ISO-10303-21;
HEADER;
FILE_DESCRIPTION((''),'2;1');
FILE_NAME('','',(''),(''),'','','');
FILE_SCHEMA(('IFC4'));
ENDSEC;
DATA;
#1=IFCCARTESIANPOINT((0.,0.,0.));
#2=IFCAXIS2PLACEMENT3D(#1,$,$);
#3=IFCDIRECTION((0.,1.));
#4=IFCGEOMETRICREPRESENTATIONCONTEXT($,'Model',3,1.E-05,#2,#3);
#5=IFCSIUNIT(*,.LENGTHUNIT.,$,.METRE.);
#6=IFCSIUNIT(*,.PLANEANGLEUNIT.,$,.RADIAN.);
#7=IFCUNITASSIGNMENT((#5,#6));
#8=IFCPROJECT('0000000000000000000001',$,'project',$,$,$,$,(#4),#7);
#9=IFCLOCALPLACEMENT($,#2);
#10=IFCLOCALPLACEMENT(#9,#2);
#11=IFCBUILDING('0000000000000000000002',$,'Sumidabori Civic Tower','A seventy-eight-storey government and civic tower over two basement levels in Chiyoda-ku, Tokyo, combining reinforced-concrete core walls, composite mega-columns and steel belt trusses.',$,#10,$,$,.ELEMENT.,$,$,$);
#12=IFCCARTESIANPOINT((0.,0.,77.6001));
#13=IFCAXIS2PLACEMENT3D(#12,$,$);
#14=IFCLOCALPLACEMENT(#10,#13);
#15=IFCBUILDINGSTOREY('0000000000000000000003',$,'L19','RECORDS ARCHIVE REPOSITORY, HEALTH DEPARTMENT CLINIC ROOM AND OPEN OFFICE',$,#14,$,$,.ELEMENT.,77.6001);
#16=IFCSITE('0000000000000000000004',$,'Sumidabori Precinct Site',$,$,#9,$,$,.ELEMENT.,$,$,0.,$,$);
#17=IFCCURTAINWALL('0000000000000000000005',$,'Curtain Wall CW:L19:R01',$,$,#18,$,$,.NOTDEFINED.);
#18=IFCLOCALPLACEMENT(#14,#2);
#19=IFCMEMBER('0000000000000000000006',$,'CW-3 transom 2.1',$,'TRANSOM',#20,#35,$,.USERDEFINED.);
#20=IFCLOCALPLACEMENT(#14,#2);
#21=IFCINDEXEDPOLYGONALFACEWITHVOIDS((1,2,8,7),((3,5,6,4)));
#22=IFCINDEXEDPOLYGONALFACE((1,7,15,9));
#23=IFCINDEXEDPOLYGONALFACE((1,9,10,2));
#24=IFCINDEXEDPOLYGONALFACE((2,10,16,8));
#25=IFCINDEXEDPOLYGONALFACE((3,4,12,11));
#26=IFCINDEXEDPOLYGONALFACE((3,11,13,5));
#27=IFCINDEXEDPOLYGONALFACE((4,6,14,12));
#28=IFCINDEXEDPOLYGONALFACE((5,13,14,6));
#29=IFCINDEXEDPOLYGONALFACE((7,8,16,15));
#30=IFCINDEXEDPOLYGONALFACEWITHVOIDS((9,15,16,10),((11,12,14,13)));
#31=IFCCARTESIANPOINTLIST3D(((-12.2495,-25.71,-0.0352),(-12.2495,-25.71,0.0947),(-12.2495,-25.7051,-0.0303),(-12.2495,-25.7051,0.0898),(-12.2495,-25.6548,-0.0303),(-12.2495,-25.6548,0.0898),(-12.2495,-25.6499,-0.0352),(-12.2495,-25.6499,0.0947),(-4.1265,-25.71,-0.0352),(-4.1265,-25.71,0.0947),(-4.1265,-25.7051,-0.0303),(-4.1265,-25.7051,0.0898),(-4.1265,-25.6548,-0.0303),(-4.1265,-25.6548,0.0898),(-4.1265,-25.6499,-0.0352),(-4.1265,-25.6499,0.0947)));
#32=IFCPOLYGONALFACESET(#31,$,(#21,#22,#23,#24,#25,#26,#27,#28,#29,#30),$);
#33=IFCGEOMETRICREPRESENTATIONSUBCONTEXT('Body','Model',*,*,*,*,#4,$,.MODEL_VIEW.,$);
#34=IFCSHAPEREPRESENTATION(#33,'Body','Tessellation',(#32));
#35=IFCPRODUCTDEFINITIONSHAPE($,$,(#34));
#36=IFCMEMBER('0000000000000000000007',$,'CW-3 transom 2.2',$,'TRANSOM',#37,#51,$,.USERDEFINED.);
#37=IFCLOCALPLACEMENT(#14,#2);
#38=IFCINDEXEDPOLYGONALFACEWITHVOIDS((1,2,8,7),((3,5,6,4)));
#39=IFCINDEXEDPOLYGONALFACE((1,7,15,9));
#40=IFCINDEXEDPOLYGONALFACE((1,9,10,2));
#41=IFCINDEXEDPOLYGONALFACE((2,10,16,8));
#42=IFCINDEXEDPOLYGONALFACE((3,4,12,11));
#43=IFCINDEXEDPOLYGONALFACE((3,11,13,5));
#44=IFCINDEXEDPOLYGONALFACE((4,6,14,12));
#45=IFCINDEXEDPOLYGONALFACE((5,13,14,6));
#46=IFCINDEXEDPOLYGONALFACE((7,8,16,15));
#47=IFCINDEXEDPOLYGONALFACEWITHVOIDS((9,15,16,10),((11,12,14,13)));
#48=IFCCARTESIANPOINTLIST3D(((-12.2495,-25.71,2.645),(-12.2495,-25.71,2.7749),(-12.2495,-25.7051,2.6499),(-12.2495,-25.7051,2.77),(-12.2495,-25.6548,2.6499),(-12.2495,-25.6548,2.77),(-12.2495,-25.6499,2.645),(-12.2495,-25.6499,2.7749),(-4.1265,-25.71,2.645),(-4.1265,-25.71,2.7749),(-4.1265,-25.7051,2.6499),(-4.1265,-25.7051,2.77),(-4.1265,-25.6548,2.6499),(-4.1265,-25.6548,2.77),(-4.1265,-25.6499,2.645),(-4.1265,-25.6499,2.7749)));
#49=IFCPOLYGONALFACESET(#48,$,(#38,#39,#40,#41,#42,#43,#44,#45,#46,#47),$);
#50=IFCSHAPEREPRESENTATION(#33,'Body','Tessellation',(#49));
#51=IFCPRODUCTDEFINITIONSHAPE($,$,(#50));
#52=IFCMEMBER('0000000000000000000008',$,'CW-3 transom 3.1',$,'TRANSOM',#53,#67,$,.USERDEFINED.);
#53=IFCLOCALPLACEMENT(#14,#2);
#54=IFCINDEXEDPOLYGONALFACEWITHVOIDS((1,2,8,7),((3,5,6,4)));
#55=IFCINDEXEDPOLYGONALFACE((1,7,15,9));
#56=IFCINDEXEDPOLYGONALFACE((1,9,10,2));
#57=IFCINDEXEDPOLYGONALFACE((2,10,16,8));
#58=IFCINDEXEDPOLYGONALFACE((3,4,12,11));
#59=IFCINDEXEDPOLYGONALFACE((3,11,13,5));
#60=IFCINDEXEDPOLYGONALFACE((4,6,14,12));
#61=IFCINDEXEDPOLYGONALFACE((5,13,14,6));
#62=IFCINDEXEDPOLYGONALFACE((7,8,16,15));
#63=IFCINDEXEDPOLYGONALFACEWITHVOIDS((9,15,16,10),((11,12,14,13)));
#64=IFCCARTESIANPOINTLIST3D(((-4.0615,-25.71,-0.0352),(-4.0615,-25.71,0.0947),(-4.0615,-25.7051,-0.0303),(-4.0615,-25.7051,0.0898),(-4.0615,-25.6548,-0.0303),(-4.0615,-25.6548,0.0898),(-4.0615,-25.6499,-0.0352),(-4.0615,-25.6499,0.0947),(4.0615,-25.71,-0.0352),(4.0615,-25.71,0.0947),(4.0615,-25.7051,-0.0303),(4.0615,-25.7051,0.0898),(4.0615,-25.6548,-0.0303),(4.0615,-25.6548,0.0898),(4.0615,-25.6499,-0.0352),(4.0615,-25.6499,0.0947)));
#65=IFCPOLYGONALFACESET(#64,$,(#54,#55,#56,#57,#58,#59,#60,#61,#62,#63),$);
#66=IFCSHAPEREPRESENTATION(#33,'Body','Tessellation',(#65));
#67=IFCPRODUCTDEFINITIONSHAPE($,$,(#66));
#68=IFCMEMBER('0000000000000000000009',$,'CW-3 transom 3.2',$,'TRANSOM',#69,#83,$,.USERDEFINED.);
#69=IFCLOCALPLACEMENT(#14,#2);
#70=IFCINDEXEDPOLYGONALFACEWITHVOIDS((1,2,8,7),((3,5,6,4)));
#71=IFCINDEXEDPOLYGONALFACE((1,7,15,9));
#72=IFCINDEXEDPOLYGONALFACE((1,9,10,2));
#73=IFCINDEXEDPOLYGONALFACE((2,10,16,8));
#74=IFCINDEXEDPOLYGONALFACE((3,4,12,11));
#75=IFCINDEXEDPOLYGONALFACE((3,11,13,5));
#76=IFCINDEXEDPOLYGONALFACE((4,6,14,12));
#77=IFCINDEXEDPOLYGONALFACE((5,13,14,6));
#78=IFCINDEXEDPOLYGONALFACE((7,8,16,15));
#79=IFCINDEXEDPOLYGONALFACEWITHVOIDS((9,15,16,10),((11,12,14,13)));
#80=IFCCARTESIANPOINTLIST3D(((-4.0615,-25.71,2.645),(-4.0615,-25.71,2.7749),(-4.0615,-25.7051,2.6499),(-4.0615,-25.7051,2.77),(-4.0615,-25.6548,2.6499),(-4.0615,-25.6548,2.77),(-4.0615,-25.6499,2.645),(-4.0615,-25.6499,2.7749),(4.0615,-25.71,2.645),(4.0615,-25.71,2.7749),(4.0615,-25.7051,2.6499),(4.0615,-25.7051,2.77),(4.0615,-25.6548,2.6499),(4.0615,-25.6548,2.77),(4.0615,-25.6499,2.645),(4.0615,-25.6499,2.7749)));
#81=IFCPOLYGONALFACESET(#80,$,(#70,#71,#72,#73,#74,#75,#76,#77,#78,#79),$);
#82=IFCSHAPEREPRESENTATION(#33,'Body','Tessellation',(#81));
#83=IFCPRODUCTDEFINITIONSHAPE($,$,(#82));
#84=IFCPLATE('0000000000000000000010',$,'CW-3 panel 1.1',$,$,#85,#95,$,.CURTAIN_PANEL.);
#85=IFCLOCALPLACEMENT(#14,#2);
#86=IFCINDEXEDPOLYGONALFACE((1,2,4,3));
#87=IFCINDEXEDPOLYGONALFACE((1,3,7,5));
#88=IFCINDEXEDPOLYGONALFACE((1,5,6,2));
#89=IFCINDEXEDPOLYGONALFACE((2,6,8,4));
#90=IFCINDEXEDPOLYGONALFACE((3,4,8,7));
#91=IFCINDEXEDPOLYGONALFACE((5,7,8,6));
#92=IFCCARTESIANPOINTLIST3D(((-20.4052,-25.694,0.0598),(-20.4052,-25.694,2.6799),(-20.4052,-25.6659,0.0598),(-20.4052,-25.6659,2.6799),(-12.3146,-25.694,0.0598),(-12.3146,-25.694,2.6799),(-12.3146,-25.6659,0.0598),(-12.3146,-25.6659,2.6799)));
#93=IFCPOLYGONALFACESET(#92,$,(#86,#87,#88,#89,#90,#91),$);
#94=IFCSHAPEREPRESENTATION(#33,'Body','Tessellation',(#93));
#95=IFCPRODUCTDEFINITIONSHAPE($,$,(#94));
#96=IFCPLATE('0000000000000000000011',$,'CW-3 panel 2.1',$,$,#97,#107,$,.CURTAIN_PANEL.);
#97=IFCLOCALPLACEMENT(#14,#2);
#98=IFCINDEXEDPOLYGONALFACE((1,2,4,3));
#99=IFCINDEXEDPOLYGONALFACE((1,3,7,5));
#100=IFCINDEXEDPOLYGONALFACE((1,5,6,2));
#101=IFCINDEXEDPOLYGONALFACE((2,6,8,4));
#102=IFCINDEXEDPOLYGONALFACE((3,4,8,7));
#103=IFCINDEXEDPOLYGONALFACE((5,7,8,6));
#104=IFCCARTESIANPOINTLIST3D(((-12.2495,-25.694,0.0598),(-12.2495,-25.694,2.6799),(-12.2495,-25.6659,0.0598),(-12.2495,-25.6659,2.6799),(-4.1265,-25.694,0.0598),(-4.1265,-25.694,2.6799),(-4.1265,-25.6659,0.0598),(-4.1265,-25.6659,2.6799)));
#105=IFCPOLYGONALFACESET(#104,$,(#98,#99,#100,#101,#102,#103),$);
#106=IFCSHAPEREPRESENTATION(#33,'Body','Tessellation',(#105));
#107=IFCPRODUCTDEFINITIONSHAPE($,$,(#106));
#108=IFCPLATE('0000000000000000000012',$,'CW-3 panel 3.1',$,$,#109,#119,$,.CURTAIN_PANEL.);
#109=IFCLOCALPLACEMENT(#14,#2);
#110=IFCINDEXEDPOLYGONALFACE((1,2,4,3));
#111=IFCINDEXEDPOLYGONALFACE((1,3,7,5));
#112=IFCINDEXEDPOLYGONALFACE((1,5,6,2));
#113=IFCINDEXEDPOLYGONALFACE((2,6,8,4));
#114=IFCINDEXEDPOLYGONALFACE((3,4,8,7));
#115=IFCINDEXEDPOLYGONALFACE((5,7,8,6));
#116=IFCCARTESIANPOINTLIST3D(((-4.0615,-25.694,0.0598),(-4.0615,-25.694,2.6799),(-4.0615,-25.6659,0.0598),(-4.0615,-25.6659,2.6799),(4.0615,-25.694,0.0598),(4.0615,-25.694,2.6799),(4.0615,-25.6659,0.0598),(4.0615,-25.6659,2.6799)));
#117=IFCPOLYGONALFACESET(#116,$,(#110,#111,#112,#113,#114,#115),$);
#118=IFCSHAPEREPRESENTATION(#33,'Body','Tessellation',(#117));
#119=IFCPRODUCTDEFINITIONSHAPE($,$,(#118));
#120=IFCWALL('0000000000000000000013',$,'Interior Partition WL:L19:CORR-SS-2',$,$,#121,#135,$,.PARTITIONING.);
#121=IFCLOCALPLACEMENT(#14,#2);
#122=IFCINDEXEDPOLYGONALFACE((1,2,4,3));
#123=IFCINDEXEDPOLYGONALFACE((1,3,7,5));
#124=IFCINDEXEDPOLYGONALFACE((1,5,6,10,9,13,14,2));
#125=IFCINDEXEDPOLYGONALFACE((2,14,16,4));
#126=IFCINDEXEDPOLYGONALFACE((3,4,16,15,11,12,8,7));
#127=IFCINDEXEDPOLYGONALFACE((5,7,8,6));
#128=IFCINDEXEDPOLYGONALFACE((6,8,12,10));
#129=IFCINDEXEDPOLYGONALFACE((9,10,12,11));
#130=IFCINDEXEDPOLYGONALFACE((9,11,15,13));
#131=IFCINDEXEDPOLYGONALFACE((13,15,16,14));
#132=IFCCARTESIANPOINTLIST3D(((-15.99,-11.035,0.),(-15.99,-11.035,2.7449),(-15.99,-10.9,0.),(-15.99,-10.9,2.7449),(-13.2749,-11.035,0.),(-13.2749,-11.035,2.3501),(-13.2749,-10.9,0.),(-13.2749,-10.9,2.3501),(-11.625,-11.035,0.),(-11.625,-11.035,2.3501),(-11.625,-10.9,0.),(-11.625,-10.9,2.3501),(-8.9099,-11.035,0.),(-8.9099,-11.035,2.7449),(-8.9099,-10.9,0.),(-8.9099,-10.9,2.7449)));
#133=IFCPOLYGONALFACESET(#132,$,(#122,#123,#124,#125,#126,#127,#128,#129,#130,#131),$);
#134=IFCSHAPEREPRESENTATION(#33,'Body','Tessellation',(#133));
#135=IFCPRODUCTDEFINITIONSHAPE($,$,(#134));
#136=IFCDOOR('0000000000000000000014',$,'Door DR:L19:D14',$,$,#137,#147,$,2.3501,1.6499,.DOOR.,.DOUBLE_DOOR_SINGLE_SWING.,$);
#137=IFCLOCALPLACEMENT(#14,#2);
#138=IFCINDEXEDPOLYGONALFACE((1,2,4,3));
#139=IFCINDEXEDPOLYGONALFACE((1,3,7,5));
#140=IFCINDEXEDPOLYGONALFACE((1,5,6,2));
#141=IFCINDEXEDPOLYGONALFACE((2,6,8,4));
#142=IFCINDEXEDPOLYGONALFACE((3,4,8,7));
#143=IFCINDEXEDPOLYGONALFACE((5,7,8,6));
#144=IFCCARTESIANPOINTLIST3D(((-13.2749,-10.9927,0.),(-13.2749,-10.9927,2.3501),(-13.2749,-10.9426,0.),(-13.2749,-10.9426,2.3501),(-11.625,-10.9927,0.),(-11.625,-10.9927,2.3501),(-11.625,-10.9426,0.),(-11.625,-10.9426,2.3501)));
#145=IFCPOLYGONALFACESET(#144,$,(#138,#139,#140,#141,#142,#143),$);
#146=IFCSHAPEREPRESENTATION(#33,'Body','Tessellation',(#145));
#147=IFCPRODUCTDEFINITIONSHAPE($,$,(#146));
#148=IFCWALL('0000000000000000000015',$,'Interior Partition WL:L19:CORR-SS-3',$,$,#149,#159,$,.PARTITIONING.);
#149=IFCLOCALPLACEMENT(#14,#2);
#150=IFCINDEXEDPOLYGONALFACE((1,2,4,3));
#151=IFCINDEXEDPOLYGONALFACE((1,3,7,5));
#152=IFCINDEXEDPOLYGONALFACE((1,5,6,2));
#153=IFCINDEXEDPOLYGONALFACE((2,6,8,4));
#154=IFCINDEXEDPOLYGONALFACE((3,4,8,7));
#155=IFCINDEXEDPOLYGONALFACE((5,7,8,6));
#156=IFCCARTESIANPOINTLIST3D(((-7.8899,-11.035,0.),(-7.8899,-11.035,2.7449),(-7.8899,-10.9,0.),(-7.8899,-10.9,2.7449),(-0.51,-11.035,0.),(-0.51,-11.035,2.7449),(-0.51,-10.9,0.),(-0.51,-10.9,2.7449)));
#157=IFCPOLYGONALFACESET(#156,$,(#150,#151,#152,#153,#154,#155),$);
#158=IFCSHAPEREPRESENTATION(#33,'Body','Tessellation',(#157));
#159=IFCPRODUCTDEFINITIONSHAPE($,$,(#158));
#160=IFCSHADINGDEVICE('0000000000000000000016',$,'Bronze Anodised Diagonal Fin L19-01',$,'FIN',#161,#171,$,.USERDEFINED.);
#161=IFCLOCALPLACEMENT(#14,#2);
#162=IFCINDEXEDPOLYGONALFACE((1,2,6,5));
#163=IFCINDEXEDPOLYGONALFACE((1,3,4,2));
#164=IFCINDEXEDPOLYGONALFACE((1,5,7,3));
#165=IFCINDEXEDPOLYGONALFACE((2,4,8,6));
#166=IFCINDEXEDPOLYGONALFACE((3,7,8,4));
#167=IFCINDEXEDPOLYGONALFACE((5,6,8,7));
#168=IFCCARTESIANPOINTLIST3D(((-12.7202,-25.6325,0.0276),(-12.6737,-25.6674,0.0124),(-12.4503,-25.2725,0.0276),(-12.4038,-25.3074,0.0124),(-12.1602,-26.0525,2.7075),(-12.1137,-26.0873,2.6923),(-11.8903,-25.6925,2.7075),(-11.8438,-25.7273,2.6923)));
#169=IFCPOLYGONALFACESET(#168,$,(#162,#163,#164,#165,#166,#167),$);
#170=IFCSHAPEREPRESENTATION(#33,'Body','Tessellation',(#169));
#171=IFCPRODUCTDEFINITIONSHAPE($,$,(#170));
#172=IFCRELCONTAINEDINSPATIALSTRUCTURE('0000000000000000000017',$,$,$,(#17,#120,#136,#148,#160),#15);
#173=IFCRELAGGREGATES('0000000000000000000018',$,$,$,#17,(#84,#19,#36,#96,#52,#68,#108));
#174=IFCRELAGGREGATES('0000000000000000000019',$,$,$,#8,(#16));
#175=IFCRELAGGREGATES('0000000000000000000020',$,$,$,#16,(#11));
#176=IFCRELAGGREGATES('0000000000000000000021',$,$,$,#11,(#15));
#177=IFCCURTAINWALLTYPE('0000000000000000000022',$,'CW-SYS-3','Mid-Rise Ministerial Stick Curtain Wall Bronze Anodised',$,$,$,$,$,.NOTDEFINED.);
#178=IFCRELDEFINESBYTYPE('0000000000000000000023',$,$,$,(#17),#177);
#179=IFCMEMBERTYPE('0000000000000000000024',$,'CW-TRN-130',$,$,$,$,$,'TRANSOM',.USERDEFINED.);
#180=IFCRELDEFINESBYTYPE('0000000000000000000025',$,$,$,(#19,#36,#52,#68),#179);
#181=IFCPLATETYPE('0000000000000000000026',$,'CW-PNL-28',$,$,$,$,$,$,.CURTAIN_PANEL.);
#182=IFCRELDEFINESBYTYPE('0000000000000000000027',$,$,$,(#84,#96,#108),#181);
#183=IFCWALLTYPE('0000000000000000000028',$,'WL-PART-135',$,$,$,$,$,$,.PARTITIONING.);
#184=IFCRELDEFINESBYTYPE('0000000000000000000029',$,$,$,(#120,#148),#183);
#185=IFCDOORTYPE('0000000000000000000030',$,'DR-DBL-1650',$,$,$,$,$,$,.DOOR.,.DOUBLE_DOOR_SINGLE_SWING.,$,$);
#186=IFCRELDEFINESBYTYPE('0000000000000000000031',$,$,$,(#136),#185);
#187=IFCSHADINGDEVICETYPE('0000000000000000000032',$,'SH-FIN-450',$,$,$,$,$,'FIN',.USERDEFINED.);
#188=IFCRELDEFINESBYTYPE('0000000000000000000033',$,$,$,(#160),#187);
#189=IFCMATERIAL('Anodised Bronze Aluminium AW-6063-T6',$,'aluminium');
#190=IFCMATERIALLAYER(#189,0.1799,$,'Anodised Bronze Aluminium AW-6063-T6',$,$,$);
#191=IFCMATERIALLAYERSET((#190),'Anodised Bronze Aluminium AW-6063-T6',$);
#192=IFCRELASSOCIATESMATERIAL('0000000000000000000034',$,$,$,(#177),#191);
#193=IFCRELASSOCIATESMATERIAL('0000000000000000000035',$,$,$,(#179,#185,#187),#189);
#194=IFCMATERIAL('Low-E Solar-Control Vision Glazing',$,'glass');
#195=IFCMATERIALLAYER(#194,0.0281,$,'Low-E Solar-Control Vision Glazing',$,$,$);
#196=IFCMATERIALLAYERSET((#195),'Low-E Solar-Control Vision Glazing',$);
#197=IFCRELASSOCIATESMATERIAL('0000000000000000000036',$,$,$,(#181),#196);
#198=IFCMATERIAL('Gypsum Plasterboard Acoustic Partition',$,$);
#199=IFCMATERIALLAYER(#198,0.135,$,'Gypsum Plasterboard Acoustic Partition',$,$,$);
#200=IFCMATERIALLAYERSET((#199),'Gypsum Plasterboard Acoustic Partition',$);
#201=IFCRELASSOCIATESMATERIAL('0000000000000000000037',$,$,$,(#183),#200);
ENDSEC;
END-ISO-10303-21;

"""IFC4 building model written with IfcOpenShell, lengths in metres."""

from ifc_helpers import new_model, si_unit, direction, frame, frame_2d, origin, origin_2d, place, context, subcontext, project, spatial, rectangle, hollow_rectangle, extrude, source, transform, mapped, material, layer, layer_set, material_profile, profile_set, type_object, element, fill, aggregate, save


model = new_model("IFC4")

# Units and contexts
model_context = context("Model", 3, precision=1e-05, world=origin(), true_north=direction((0.0, 1.0)))
body_context = subcontext(model_context, "Body", "Model", "MODEL_VIEW")
ifc_project = project(units=[si_unit("LENGTHUNIT", "METRE"), si_unit("PLANEANGLEUNIT", "RADIAN")], contexts=[model_context])

# Site, building, storey
site_placement = place(None, origin())
site = spatial("IfcSite", under=ifc_project, at=site_placement, Name="Sumidabori Precinct Site", CompositionType="ELEMENT", RefElevation=0.0)
building_placement = place(site_placement, origin())
building = spatial("IfcBuilding", under=site, at=building_placement, Name="Sumidabori Civic Tower", Description="A seventy-eight-storey government and civic tower over two basement levels in Chiyoda-ku, Tokyo, combining reinforced-concrete core walls, composite mega-columns and steel belt trusses.", CompositionType="ELEMENT")
storey_placement = place(building_placement, frame((0.0, 0.0, 77.6001)))
storey = spatial("IfcBuildingStorey", under=building, at=storey_placement, Name="L19", Description="RECORDS ARCHIVE REPOSITORY, HEALTH DEPARTMENT CLINIC ROOM AND OPEN OFFICE", CompositionType="ELEMENT", Elevation=77.6001)

# Curtain wall, members, plates
ifc_material_1 = material(Name="Anodised Bronze Aluminium AW-6063-T6", Category="aluminium")
ifc_layer_1 = layer(ifc_material_1, 0.1799, Name="Anodised Bronze Aluminium AW-6063-T6")
ifc_layer_set_1 = layer_set([ifc_layer_1], Name="Anodised Bronze Aluminium AW-6063-T6")
curtain_wall_type = type_object("IfcCurtainWallType", Name="CW-SYS-3", Description="Mid-Rise Ministerial Stick Curtain Wall Bronze Anodised", PredefinedType="NOTDEFINED", material=ifc_layer_set_1)
curtain_wall_placement = place(storey_placement, origin())
curtain_wall = element("IfcCurtainWall", 1, at=curtain_wall_placement, inside=storey, type_object=curtain_wall_type, Name="Curtain Wall CW:L19:R01", PredefinedType="NOTDEFINED")
ifc_material_profile_1 = material_profile(ifc_material_1, hollow_rectangle(XDim=0.0601, YDim=0.1299, WallThickness=0.0049, at=origin_2d()), Name="ALU TRANSOM 130x60")
ifc_profile_set_1 = profile_set([ifc_material_profile_1], Name="Anodised Bronze Aluminium AW-6063-T6")
member_type_1 = type_object("IfcMemberType", Name="CW-TRN-130", ElementType="TRANSOM", PredefinedType="USERDEFINED", material=ifc_profile_set_1)
shared_shape_1 = source(origin(), body_context, "Body", "SweptSolid", [
    extrude(hollow_rectangle(XDim=0.0601, YDim=0.1299, WallThickness=0.0049, at=origin_2d()), origin(), (0.0, 0.0, 1.0), 8.123),
])
member_1_placement = place(storey_placement, frame((-12.2495, -25.6799, 0.0298), z_axis=(1.0, 0.0, 0.0), x_axis=(0.0, 1.0, 0.0)))
member_1 = element("IfcMember", 2, at=member_1_placement, type_object=member_type_1, Name="CW-3 transom 2.1", ObjectType="TRANSOM", PredefinedType="USERDEFINED", context=body_context, shape_type="MappedRepresentation", body=[
    mapped(shared_shape_1, transform((0.0, 0.0, 0.0), x_axis=(1.0, 0.0, 0.0), y_axis=(0.0, 1.0, 0.0), z_axis=(0.0, 0.0, 1.0), scale=1.0)),
])
member_2_placement = place(storey_placement, frame((-12.2495, -25.6799, 2.71), z_axis=(1.0, 0.0, 0.0), x_axis=(0.0, 1.0, 0.0)))
member_2 = element("IfcMember", 3, at=member_2_placement, type_object=member_type_1, Name="CW-3 transom 2.2", ObjectType="TRANSOM", PredefinedType="USERDEFINED", context=body_context, shape_type="MappedRepresentation", body=[
    mapped(shared_shape_1, transform((0.0, 0.0, 0.0), x_axis=(1.0, 0.0, 0.0), y_axis=(0.0, 1.0, 0.0), z_axis=(0.0, 0.0, 1.0), scale=1.0)),
])
member_3_placement = place(storey_placement, frame((-4.0615, -25.6799, 0.0298), z_axis=(1.0, 0.0, 0.0), x_axis=(0.0, 1.0, 0.0)))
member_3 = element("IfcMember", 4, at=member_3_placement, type_object=member_type_1, Name="CW-3 transom 3.1", ObjectType="TRANSOM", PredefinedType="USERDEFINED", context=body_context, shape_type="MappedRepresentation", body=[
    mapped(shared_shape_1, transform((0.0, 0.0, 0.0), x_axis=(1.0, 0.0, 0.0), y_axis=(0.0, 1.0, 0.0), z_axis=(0.0, 0.0, 1.0), scale=1.0)),
])
member_4_placement = place(storey_placement, frame((-4.0615, -25.6799, 2.71), z_axis=(1.0, 0.0, 0.0), x_axis=(0.0, 1.0, 0.0)))
member_4 = element("IfcMember", 5, at=member_4_placement, type_object=member_type_1, Name="CW-3 transom 3.2", ObjectType="TRANSOM", PredefinedType="USERDEFINED", context=body_context, shape_type="MappedRepresentation", body=[
    mapped(shared_shape_1, transform((0.0, 0.0, 0.0), x_axis=(1.0, 0.0, 0.0), y_axis=(0.0, 1.0, 0.0), z_axis=(0.0, 0.0, 1.0), scale=1.0)),
])
ifc_material_2 = material(Name="Low-E Solar-Control Vision Glazing", Category="glass")
ifc_layer_2 = layer(ifc_material_2, 0.0281, Name="Low-E Solar-Control Vision Glazing")
ifc_layer_set_2 = layer_set([ifc_layer_2], Name="Low-E Solar-Control Vision Glazing")
plate_type = type_object("IfcPlateType", Name="CW-PNL-28", PredefinedType="CURTAIN_PANEL", material=ifc_layer_set_2)
shared_shape_2 = source(origin(), body_context, "Body", "SweptSolid", [
    extrude(rectangle(XDim=8.0906, YDim=0.0281, at=origin_2d()), origin(), (0.0, 0.0, 1.0), 2.6201),
])
plate_1_placement = place(storey_placement, frame((-16.3599, -25.6799, 0.0598), z_axis=(0.0, 0.0, 1.0), x_axis=(1.0, 0.0, 0.0)))
plate_1 = element("IfcPlate", 6, at=plate_1_placement, type_object=plate_type, Name="CW-3 panel 1.1", PredefinedType="CURTAIN_PANEL", context=body_context, shape_type="MappedRepresentation", body=[
    mapped(shared_shape_2, transform((0.0, 0.0, 0.0), x_axis=(1.0, 0.0, 0.0), y_axis=(0.0, 1.0, 0.0), z_axis=(0.0, 0.0, 1.0), scale=1.0)),
])
shared_shape_3 = source(origin(), body_context, "Body", "SweptSolid", [
    extrude(rectangle(XDim=8.123, YDim=0.0281, at=origin_2d()), origin(), (0.0, 0.0, 1.0), 2.6201),
])
plate_2_placement = place(storey_placement, frame((-8.188, -25.6799, 0.0598), z_axis=(0.0, 0.0, 1.0), x_axis=(1.0, 0.0, 0.0)))
plate_2 = element("IfcPlate", 7, at=plate_2_placement, type_object=plate_type, Name="CW-3 panel 2.1", PredefinedType="CURTAIN_PANEL", context=body_context, shape_type="MappedRepresentation", body=[
    mapped(shared_shape_3, transform((0.0, 0.0, 0.0), x_axis=(1.0, 0.0, 0.0), y_axis=(0.0, 1.0, 0.0), z_axis=(0.0, 0.0, 1.0), scale=1.0)),
])
plate_3_placement = place(storey_placement, frame((0.0, -25.6799, 0.0598), z_axis=(0.0, 0.0, 1.0), x_axis=(1.0, 0.0, 0.0)))
plate_3 = element("IfcPlate", 8, at=plate_3_placement, type_object=plate_type, Name="CW-3 panel 3.1", PredefinedType="CURTAIN_PANEL", context=body_context, shape_type="MappedRepresentation", body=[
    mapped(shared_shape_3, transform((0.0, 0.0, 0.0), x_axis=(1.0, 0.0, 0.0), y_axis=(0.0, 1.0, 0.0), z_axis=(0.0, 0.0, 1.0), scale=1.0)),
])
aggregate(curtain_wall, [plate_1, member_1, member_2, plate_2, member_3, member_4, plate_3])

# Wall, opening, door
ifc_material_3 = material(Name="Gypsum Plasterboard Acoustic Partition")
ifc_layer_3 = layer(ifc_material_3, 0.135, Name="Gypsum Plasterboard Acoustic Partition")
ifc_layer_set_3 = layer_set([ifc_layer_3], Name="Gypsum Plasterboard Acoustic Partition")
wall_type = type_object("IfcWallType", Name="WL-PART-135", PredefinedType="PARTITIONING", material=ifc_layer_set_3)
shared_shape_4 = source(origin(), body_context, "Body", "SweptSolid", [
    extrude(rectangle(XDim=7.0801, YDim=0.135, at=frame_2d((3.54, 0.0))), origin(), (0.0, 0.0, 1.0), 2.7449),
])
wall_1_placement = place(storey_placement, frame((-15.99, -10.9675, 0.0), z_axis=(0.0, 0.0, 1.0), x_axis=(1.0, 0.0, 0.0)))
wall_1 = element("IfcWall", 9, at=wall_1_placement, inside=storey, type_object=wall_type, Name="Interior Partition WL:L19:CORR-SS-2", PredefinedType="PARTITIONING", context=body_context, shape_type="MappedRepresentation", body=[
    mapped(shared_shape_4, transform((0.0, 0.0, 0.0), x_axis=(1.0, 0.0, 0.0), y_axis=(0.0, 1.0, 0.0), z_axis=(0.0, 0.0, 1.0), scale=1.0)),
])
opening_placement = place(wall_1_placement, frame((2.7151, 0.0, 0.0)))
opening = element("IfcOpeningElement", 10, at=opening_placement, cuts=wall_1, PredefinedType="OPENING", context=body_context, shape_type="SweptSolid", body=[
    extrude(rectangle(XDim=1.6499, YDim=2.3501, at=frame_2d((0.825, 1.175))), frame((0.0, 0.0796, 0.0), z_axis=(0.0, -1.0, 0.0), x_axis=(1.0, 0.0, 0.0)), (0.0, 0.0, 1.0), 0.1589),
])
door_type = type_object("IfcDoorType", Name="DR-DBL-1650", OperationType="DOUBLE_DOOR_SINGLE_SWING", PredefinedType="DOOR", material=ifc_material_1)
shared_shape_5 = source(origin(), body_context, "Body", "SweptSolid", [
    extrude(rectangle(XDim=1.6499, YDim=2.3501, at=frame_2d((0.825, 1.175))), frame((0.0, 0.0249, 0.0), z_axis=(0.0, -1.0, 0.0), x_axis=(1.0, 0.0, 0.0)), (0.0, 0.0, 1.0), 0.05),
])
door_placement = place(opening_placement, origin())
door = element("IfcDoor", 11, at=door_placement, inside=storey, type_object=door_type, Name="Door DR:L19:D14", OperationType="DOUBLE_DOOR_SINGLE_SWING", OverallHeight=2.3501, OverallWidth=1.6499, PredefinedType="DOOR", context=body_context, shape_type="MappedRepresentation", body=[
    mapped(shared_shape_5, transform((0.0, 0.0, 0.0), x_axis=(1.0, 0.0, 0.0), y_axis=(0.0, 1.0, 0.0), z_axis=(0.0, 0.0, 1.0), scale=1.0)),
])
fill(opening, door)

# Wall
shared_shape_6 = source(origin(), body_context, "Body", "SweptSolid", [
    extrude(rectangle(XDim=7.3799, YDim=0.135, at=frame_2d((3.6899, 0.0))), origin(), (0.0, 0.0, 1.0), 2.7449),
])
wall_2_placement = place(storey_placement, frame((-7.8899, -10.9675, 0.0), z_axis=(0.0, 0.0, 1.0), x_axis=(1.0, 0.0, 0.0)))
element("IfcWall", 12, at=wall_2_placement, inside=storey, type_object=wall_type, Name="Interior Partition WL:L19:CORR-SS-3", PredefinedType="PARTITIONING", context=body_context, shape_type="MappedRepresentation", body=[
    mapped(shared_shape_6, transform((0.0, 0.0, 0.0), x_axis=(1.0, 0.0, 0.0), y_axis=(0.0, 1.0, 0.0), z_axis=(0.0, 0.0, 1.0), scale=1.0)),
])

# Shading device
ifc_material_profile_2 = material_profile(ifc_material_1, rectangle(XDim=0.0601, YDim=0.45, at=origin_2d()), Name="BRONZE FIN 450x60")
ifc_profile_set_2 = profile_set([ifc_material_profile_2], Name="Anodised Bronze Aluminium AW-6063-T6")
shading_device_type = type_object("IfcShadingDeviceType", Name="SH-FIN-450", ElementType="FIN", PredefinedType="USERDEFINED", material=ifc_profile_set_2)
shared_shape_7 = source(origin(), body_context, "Body", "SweptSolid", [
    extrude(rectangle(XDim=0.0601, YDim=0.45, at=origin_2d()), origin(), (0.0, 0.0, 1.0), 2.7698),
])
shading_device_placement = place(storey_placement, frame((-12.562, -25.47, 0.02), z_axis=(0.202199, -0.151605, 0.967539), x_axis=(0.774112, -0.580415, -0.252722)))
element("IfcShadingDevice", 13, at=shading_device_placement, inside=storey, type_object=shading_device_type, Name="Bronze Anodised Diagonal Fin L19-01", ObjectType="FIN", PredefinedType="USERDEFINED", context=body_context, shape_type="MappedRepresentation", body=[
    mapped(shared_shape_7, transform((0.0, 0.0, 0.0), x_axis=(1.0, 0.0, 0.0), y_axis=(0.0, 1.0, 0.0), z_axis=(0.0, 0.0, 1.0), scale=1.0)),
])

save(model, "model.ifc")
